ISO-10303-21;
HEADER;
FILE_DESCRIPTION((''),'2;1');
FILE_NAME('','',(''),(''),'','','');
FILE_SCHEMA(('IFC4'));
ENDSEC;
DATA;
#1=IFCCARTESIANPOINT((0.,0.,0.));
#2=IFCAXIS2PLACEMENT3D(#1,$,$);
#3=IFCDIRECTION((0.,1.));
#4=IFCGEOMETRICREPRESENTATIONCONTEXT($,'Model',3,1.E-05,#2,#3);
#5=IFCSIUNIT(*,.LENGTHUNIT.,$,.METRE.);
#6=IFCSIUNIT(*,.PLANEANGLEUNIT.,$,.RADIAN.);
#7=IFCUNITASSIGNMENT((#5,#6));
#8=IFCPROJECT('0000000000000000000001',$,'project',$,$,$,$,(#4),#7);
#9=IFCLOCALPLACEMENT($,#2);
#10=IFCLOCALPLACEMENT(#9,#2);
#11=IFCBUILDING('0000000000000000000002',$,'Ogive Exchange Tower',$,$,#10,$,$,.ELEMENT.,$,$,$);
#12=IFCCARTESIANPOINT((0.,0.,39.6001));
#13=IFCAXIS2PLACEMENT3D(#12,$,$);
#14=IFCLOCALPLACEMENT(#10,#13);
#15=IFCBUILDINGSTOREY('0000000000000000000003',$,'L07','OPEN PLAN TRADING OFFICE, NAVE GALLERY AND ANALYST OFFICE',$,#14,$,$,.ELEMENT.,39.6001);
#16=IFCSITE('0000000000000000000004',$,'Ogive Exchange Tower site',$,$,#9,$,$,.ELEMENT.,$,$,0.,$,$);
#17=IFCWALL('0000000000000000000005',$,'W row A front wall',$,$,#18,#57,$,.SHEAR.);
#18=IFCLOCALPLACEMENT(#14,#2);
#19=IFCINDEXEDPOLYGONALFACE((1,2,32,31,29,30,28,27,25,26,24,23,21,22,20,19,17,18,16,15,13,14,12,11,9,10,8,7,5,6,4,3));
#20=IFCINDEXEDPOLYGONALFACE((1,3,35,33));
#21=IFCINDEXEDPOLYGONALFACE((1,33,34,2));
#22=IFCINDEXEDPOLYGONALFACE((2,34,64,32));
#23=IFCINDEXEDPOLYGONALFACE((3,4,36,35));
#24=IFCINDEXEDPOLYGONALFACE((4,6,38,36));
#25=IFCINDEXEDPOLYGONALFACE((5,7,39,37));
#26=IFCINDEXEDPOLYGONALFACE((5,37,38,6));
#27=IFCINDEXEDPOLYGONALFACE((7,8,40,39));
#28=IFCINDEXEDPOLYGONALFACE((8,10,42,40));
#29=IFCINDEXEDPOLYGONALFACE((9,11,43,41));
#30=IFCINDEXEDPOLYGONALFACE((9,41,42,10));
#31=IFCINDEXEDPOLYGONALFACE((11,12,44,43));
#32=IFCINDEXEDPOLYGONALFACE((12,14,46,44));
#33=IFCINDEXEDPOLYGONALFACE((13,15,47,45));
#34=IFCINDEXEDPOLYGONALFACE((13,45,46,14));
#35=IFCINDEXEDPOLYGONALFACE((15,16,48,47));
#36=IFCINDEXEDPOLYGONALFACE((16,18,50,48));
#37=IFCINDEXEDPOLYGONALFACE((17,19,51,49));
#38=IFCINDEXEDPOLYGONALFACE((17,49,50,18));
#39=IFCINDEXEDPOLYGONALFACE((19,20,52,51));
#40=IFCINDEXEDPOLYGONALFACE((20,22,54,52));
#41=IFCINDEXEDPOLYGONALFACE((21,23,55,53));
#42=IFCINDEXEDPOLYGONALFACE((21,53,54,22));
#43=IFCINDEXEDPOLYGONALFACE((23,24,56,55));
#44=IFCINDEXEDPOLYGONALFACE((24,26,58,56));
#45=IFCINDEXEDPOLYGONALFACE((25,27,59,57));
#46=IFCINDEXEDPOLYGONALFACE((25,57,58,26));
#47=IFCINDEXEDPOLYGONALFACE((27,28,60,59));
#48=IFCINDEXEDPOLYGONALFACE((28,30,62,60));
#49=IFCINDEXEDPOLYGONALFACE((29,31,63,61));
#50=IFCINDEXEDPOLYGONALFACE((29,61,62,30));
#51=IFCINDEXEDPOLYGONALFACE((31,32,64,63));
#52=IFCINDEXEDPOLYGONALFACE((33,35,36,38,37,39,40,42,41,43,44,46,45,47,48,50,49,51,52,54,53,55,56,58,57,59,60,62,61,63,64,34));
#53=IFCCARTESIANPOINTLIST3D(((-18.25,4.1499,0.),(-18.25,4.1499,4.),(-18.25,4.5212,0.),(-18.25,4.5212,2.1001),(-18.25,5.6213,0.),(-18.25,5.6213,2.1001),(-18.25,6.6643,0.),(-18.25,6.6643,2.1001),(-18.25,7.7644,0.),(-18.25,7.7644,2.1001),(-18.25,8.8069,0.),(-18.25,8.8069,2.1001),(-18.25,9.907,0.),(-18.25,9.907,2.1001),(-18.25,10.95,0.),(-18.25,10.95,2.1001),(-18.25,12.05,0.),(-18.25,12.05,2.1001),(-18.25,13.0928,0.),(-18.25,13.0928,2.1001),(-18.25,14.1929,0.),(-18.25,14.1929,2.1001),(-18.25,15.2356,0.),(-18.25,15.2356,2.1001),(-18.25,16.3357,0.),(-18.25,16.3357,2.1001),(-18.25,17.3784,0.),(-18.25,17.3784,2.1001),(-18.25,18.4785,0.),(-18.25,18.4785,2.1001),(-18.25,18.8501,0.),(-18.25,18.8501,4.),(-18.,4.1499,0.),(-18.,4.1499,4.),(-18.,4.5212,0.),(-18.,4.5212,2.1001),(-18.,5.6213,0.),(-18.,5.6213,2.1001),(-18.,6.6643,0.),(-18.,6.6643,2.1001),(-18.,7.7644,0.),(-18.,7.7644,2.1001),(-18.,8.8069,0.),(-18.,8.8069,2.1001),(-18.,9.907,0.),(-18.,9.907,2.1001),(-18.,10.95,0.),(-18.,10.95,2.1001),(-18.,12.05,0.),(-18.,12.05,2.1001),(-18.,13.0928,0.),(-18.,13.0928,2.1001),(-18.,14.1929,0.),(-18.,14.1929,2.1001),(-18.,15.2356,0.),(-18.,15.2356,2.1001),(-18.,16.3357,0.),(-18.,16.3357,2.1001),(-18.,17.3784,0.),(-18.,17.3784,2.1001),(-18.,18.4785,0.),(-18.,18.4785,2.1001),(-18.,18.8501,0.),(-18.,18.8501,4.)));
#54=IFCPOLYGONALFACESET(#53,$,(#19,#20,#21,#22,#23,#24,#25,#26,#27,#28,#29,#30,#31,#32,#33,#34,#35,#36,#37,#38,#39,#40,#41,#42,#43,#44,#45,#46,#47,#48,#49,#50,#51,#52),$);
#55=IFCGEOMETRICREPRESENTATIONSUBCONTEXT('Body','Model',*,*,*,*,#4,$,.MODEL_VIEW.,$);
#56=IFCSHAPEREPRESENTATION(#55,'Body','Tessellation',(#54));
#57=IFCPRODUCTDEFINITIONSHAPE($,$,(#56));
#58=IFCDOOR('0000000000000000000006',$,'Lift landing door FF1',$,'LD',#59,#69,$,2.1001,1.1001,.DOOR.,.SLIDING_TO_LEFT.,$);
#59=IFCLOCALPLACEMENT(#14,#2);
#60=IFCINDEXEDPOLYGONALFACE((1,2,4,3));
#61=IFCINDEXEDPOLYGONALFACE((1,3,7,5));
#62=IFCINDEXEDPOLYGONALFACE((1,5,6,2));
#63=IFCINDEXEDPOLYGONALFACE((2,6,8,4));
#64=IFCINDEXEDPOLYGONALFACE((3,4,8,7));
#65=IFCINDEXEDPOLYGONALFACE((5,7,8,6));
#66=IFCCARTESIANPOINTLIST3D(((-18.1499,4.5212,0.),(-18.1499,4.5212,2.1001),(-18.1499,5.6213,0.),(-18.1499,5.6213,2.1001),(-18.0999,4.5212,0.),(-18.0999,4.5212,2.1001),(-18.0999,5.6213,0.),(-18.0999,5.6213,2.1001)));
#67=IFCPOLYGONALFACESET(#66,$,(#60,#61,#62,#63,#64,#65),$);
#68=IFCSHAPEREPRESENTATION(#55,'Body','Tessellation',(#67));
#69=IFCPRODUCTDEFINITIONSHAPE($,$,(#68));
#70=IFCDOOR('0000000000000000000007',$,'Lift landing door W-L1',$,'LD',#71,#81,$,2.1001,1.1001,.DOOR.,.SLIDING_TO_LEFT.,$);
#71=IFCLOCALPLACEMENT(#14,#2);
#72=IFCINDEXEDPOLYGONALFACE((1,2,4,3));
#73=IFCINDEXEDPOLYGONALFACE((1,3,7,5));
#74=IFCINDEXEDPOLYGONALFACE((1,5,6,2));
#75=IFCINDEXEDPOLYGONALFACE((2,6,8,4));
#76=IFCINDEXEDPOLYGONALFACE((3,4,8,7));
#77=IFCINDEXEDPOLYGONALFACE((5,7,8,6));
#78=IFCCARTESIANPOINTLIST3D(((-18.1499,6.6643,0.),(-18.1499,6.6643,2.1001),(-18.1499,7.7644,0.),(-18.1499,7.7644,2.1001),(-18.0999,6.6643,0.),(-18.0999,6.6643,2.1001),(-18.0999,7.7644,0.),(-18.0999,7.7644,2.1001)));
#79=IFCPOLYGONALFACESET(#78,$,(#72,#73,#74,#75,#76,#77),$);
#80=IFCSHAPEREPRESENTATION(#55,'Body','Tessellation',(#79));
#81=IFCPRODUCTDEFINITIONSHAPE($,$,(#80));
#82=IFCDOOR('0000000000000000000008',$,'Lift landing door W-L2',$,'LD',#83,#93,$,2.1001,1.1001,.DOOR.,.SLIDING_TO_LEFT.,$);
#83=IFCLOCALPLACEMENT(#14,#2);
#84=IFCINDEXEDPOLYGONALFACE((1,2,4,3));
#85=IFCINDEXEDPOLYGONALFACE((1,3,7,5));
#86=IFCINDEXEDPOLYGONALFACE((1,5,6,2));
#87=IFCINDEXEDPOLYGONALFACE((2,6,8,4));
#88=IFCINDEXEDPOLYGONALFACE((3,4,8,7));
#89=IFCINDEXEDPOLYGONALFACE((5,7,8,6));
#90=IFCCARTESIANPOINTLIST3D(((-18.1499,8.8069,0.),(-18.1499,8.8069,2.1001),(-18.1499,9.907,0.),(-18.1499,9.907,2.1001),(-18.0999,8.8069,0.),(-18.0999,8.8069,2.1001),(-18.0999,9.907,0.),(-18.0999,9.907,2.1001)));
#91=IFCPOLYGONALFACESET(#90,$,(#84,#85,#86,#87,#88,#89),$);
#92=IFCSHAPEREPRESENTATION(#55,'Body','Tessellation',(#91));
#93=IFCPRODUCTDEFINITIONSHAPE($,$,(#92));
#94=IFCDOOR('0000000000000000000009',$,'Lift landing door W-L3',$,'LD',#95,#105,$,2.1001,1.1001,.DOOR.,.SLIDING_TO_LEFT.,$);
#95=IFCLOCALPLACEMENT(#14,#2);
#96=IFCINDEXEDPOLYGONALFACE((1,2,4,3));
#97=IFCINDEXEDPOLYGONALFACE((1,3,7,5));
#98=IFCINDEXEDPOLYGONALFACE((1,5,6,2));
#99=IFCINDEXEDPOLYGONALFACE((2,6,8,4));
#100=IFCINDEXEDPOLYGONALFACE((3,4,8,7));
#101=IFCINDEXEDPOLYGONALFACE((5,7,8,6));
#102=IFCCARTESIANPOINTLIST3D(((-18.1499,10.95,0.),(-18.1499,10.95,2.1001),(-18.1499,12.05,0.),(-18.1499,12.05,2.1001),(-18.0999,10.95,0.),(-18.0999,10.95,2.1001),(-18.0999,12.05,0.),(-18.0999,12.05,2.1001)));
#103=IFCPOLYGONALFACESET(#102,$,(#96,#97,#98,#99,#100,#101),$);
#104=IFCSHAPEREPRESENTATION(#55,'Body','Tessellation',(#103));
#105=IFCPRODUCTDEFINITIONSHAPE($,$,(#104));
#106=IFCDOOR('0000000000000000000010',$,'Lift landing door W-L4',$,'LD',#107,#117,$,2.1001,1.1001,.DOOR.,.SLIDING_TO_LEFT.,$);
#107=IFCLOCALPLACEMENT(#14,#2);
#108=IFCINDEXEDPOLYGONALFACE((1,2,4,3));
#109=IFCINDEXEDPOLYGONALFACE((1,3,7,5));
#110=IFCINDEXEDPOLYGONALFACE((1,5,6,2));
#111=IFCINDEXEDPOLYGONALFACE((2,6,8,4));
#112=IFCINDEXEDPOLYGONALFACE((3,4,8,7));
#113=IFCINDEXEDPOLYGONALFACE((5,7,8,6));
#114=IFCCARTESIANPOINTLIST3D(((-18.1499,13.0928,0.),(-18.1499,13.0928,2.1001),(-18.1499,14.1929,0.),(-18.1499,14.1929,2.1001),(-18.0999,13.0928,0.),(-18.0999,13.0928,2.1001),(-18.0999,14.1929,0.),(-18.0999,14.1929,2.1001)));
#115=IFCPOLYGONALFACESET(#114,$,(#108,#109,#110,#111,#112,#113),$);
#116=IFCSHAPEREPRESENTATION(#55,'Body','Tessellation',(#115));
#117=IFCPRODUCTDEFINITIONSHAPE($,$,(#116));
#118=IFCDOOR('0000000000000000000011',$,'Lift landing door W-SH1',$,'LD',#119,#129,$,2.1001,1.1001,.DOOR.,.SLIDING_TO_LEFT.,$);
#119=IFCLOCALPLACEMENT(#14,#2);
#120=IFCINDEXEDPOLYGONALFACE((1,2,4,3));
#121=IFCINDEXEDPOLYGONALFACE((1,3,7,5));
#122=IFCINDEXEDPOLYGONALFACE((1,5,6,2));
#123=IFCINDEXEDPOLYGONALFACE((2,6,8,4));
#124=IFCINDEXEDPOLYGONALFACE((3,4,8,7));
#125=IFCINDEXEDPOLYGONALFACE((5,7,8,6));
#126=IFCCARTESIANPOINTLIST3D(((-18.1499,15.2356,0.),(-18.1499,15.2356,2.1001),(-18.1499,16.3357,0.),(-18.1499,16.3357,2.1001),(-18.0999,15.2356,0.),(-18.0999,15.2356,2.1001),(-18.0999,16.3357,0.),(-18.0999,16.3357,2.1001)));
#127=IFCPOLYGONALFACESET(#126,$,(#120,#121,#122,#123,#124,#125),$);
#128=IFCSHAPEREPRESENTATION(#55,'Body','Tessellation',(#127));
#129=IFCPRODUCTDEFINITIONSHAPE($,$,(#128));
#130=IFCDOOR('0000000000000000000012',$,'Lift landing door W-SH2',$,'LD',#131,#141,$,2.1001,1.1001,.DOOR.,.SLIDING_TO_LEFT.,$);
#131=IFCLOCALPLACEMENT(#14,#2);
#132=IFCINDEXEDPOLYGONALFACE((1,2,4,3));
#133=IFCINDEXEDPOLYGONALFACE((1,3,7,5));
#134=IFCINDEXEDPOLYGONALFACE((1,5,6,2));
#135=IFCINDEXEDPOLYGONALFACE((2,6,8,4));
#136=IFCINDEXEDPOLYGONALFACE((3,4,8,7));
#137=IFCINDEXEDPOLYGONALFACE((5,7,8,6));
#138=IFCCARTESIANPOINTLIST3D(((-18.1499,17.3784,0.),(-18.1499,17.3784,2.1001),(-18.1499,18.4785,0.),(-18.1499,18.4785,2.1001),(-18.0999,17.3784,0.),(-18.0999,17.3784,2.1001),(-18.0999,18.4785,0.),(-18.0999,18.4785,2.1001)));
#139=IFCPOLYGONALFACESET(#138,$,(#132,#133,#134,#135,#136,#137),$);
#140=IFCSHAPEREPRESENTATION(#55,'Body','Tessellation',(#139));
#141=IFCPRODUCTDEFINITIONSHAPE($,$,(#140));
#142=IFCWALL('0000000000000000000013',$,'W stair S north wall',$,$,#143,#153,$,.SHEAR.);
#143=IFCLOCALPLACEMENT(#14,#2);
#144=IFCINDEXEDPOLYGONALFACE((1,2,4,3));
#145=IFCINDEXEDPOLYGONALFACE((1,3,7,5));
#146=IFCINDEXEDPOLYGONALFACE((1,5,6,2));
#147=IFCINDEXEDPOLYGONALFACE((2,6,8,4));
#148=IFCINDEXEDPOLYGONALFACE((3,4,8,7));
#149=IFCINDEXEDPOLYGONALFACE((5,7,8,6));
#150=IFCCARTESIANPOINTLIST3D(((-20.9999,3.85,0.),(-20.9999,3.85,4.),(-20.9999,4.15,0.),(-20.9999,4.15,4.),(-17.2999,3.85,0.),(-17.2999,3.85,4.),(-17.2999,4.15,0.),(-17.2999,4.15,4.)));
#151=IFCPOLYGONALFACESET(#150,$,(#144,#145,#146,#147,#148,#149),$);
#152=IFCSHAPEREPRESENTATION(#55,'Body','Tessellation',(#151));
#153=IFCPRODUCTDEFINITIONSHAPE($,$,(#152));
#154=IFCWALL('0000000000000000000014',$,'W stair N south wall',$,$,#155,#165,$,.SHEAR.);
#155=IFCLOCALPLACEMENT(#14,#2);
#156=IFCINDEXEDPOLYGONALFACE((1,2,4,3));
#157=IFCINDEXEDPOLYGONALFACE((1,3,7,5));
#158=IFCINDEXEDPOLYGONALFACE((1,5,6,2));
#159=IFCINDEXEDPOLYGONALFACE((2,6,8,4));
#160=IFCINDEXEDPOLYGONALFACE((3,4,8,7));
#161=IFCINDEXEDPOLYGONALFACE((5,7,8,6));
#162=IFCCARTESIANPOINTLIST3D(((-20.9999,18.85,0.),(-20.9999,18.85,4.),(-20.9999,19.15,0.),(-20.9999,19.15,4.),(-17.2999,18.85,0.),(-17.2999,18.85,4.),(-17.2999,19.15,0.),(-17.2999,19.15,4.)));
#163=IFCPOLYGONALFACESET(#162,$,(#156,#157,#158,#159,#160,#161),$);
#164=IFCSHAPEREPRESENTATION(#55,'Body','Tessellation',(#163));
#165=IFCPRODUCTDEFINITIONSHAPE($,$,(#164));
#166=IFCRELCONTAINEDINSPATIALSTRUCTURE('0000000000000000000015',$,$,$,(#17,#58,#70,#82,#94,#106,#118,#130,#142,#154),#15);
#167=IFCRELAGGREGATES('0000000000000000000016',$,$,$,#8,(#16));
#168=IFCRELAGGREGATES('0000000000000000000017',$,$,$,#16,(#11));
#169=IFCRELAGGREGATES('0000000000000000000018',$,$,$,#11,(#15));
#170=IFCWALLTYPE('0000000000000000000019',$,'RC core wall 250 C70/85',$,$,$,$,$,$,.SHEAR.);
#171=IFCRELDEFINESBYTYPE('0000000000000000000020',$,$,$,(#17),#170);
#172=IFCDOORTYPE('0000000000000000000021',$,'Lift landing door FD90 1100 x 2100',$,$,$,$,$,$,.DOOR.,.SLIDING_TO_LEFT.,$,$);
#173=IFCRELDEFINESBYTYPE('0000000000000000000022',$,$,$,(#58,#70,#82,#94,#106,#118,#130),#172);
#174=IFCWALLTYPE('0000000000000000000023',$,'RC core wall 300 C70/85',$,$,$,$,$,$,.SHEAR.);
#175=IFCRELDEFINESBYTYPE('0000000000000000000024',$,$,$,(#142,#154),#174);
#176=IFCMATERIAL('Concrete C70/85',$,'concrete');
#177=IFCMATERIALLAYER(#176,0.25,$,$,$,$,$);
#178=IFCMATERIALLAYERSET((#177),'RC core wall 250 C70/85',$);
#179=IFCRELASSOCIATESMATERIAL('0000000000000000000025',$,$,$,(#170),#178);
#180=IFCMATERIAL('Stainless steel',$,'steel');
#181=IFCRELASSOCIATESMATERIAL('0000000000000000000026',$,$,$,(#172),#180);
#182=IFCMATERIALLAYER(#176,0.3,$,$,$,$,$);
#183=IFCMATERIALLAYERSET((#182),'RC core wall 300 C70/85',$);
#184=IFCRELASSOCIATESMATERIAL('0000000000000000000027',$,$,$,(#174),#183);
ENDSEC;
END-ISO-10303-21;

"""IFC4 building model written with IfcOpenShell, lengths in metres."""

from ifc_helpers import new_model, si_unit, direction, frame, frame_2d, origin, place, context, subcontext, project, spatial, rectangle, extrude, material, layer, layer_set, type_object, element, fill, save


model = new_model("IFC4")

# Units and contexts
model_context = context("Model", 3, precision=1e-05, world=origin(), true_north=direction((0.0, 1.0)))
body_context = subcontext(model_context, "Body", "Model", "MODEL_VIEW")
ifc_project = project(units=[si_unit("LENGTHUNIT", "METRE"), si_unit("PLANEANGLEUNIT", "RADIAN")], contexts=[model_context])

# Site, building, storey
site_placement = place(None, origin())
site = spatial("IfcSite", under=ifc_project, at=site_placement, Name="Ogive Exchange Tower site", CompositionType="ELEMENT", RefElevation=0.0)
building_placement = place(site_placement, origin())
building = spatial("IfcBuilding", under=site, at=building_placement, Name="Ogive Exchange Tower", CompositionType="ELEMENT")
storey_placement = place(building_placement, frame((0.0, 0.0, 39.6001)))
storey = spatial("IfcBuildingStorey", under=building, at=storey_placement, Name="L07", Description="OPEN PLAN TRADING OFFICE, NAVE GALLERY AND ANALYST OFFICE", CompositionType="ELEMENT", Elevation=39.6001)

# Shared definitions
ifc_material_1 = material(Name="Concrete C70/85", Category="concrete")

# Wall, openings, doors
ifc_layer_1 = layer(ifc_material_1, 0.25)
ifc_layer_set_1 = layer_set([ifc_layer_1], Name="RC core wall 250 C70/85")
wall_type_1 = type_object("IfcWallType", Name="RC core wall 250 C70/85", PredefinedType="SHEAR", material=ifc_layer_set_1)
wall_1_placement = place(storey_placement, frame((-18.125, 4.1499, 0.0), z_axis=(0.0, 0.0, 1.0), x_axis=(0.0, 1.0, 0.0)))
wall_1 = element("IfcWall", 1, at=wall_1_placement, inside=storey, type_object=wall_type_1, Name="W row A front wall", PredefinedType="SHEAR", context=body_context, shape_type="SweptSolid", body=[
    extrude(rectangle(XDim=14.7002, YDim=0.25, at=frame_2d((7.3501, 0.0))), origin(), (0.0, 0.0, 1.0), 4.0),
])
opening_1_placement = place(wall_1_placement, frame((0.3713, 0.0, 0.0)))
opening_1 = element("IfcOpeningElement", 2, at=opening_1_placement, cuts=wall_1, PredefinedType="OPENING", context=body_context, shape_type="SweptSolid", body=[
    extrude(rectangle(XDim=1.1001, YDim=2.1001, at=frame_2d((0.55, 1.05))), frame((0.0, 0.135, 0.0), z_axis=(0.0, -1.0, 0.0), x_axis=(1.0, 0.0, 0.0)), (0.0, 0.0, 1.0), 0.27),
])
opening_2_placement = place(wall_1_placement, frame((2.5144, 0.0, 0.0)))
opening_2 = element("IfcOpeningElement", 3, at=opening_2_placement, cuts=wall_1, PredefinedType="OPENING", context=body_context, shape_type="SweptSolid", body=[
    extrude(rectangle(XDim=1.1001, YDim=2.1001, at=frame_2d((0.55, 1.05))), frame((0.0, 0.135, 0.0), z_axis=(0.0, -1.0, 0.0), x_axis=(1.0, 0.0, 0.0)), (0.0, 0.0, 1.0), 0.27),
])
opening_3_placement = place(wall_1_placement, frame((4.657, 0.0, 0.0)))
opening_3 = element("IfcOpeningElement", 4, at=opening_3_placement, cuts=wall_1, PredefinedType="OPENING", context=body_context, shape_type="SweptSolid", body=[
    extrude(rectangle(XDim=1.1001, YDim=2.1001, at=frame_2d((0.55, 1.05))), frame((0.0, 0.135, 0.0), z_axis=(0.0, -1.0, 0.0), x_axis=(1.0, 0.0, 0.0)), (0.0, 0.0, 1.0), 0.27),
])
opening_4_placement = place(wall_1_placement, frame((6.8, 0.0, 0.0)))
opening_4 = element("IfcOpeningElement", 5, at=opening_4_placement, cuts=wall_1, PredefinedType="OPENING", context=body_context, shape_type="SweptSolid", body=[
    extrude(rectangle(XDim=1.1001, YDim=2.1001, at=frame_2d((0.55, 1.05))), frame((0.0, 0.135, 0.0), z_axis=(0.0, -1.0, 0.0), x_axis=(1.0, 0.0, 0.0)), (0.0, 0.0, 1.0), 0.27),
])
opening_5_placement = place(wall_1_placement, frame((8.9429, 0.0, 0.0)))
opening_5 = element("IfcOpeningElement", 6, at=opening_5_placement, cuts=wall_1, PredefinedType="OPENING", context=body_context, shape_type="SweptSolid", body=[
    extrude(rectangle(XDim=1.1001, YDim=2.1001, at=frame_2d((0.55, 1.05))), frame((0.0, 0.135, 0.0), z_axis=(0.0, -1.0, 0.0), x_axis=(1.0, 0.0, 0.0)), (0.0, 0.0, 1.0), 0.27),
])
opening_6_placement = place(wall_1_placement, frame((11.0857, 0.0, 0.0)))
opening_6 = element("IfcOpeningElement", 7, at=opening_6_placement, cuts=wall_1, PredefinedType="OPENING", context=body_context, shape_type="SweptSolid", body=[
    extrude(rectangle(XDim=1.1001, YDim=2.1001, at=frame_2d((0.55, 1.05))), frame((0.0, 0.135, 0.0), z_axis=(0.0, -1.0, 0.0), x_axis=(1.0, 0.0, 0.0)), (0.0, 0.0, 1.0), 0.27),
])
opening_7_placement = place(wall_1_placement, frame((13.2285, 0.0, 0.0)))
opening_7 = element("IfcOpeningElement", 8, at=opening_7_placement, cuts=wall_1, PredefinedType="OPENING", context=body_context, shape_type="SweptSolid", body=[
    extrude(rectangle(XDim=1.1001, YDim=2.1001, at=frame_2d((0.55, 1.05))), frame((0.0, 0.135, 0.0), z_axis=(0.0, -1.0, 0.0), x_axis=(1.0, 0.0, 0.0)), (0.0, 0.0, 1.0), 0.27),
])
ifc_material_2 = material(Name="Stainless steel", Category="steel")
door_type_1 = type_object("IfcDoorType", Name="Lift landing door FD90 1100 x 2100", OperationType="SLIDING_TO_LEFT", PredefinedType="DOOR", material=ifc_material_2)
door_1_placement = place(opening_1_placement, origin())
door_1 = element("IfcDoor", 9, at=door_1_placement, inside=storey, type_object=door_type_1, Name="Lift landing door FF1", ObjectType="LD", OperationType="SLIDING_TO_LEFT", OverallHeight=2.1001, OverallWidth=1.1001, PredefinedType="DOOR", context=body_context, shape_type="SweptSolid", body=[
    extrude(rectangle(XDim=1.1001, YDim=2.1001, at=frame_2d((0.55, 1.05))), frame((0.0, 0.0249, 0.0), z_axis=(0.0, -1.0, 0.0), x_axis=(1.0, 0.0, 0.0)), (0.0, 0.0, 1.0), 0.05),
])
fill(opening_1, door_1)
door_2_placement = place(opening_2_placement, origin())
door_2 = element("IfcDoor", 10, at=door_2_placement, inside=storey, type_object=door_type_1, Name="Lift landing door W-L1", ObjectType="LD", OperationType="SLIDING_TO_LEFT", OverallHeight=2.1001, OverallWidth=1.1001, PredefinedType="DOOR", context=body_context, shape_type="SweptSolid", body=[
    extrude(rectangle(XDim=1.1001, YDim=2.1001, at=frame_2d((0.55, 1.05))), frame((0.0, 0.0249, 0.0), z_axis=(0.0, -1.0, 0.0), x_axis=(1.0, 0.0, 0.0)), (0.0, 0.0, 1.0), 0.05),
])
fill(opening_2, door_2)
door_3_placement = place(opening_3_placement, origin())
door_3 = element("IfcDoor", 11, at=door_3_placement, inside=storey, type_object=door_type_1, Name="Lift landing door W-L2", ObjectType="LD", OperationType="SLIDING_TO_LEFT", OverallHeight=2.1001, OverallWidth=1.1001, PredefinedType="DOOR", context=body_context, shape_type="SweptSolid", body=[
    extrude(rectangle(XDim=1.1001, YDim=2.1001, at=frame_2d((0.55, 1.05))), frame((0.0, 0.0249, 0.0), z_axis=(0.0, -1.0, 0.0), x_axis=(1.0, 0.0, 0.0)), (0.0, 0.0, 1.0), 0.05),
])
fill(opening_3, door_3)
door_4_placement = place(opening_4_placement, origin())
door_4 = element("IfcDoor", 12, at=door_4_placement, inside=storey, type_object=door_type_1, Name="Lift landing door W-L3", ObjectType="LD", OperationType="SLIDING_TO_LEFT", OverallHeight=2.1001, OverallWidth=1.1001, PredefinedType="DOOR", context=body_context, shape_type="SweptSolid", body=[
    extrude(rectangle(XDim=1.1001, YDim=2.1001, at=frame_2d((0.55, 1.05))), frame((0.0, 0.0249, 0.0), z_axis=(0.0, -1.0, 0.0), x_axis=(1.0, 0.0, 0.0)), (0.0, 0.0, 1.0), 0.05),
])
fill(opening_4, door_4)
door_5_placement = place(opening_5_placement, origin())
door_5 = element("IfcDoor", 13, at=door_5_placement, inside=storey, type_object=door_type_1, Name="Lift landing door W-L4", ObjectType="LD", OperationType="SLIDING_TO_LEFT", OverallHeight=2.1001, OverallWidth=1.1001, PredefinedType="DOOR", context=body_context, shape_type="SweptSolid", body=[
    extrude(rectangle(XDim=1.1001, YDim=2.1001, at=frame_2d((0.55, 1.05))), frame((0.0, 0.0249, 0.0), z_axis=(0.0, -1.0, 0.0), x_axis=(1.0, 0.0, 0.0)), (0.0, 0.0, 1.0), 0.05),
])
fill(opening_5, door_5)
door_6_placement = place(opening_6_placement, origin())
door_6 = element("IfcDoor", 14, at=door_6_placement, inside=storey, type_object=door_type_1, Name="Lift landing door W-SH1", ObjectType="LD", OperationType="SLIDING_TO_LEFT", OverallHeight=2.1001, OverallWidth=1.1001, PredefinedType="DOOR", context=body_context, shape_type="SweptSolid", body=[
    extrude(rectangle(XDim=1.1001, YDim=2.1001, at=frame_2d((0.55, 1.05))), frame((0.0, 0.0249, 0.0), z_axis=(0.0, -1.0, 0.0), x_axis=(1.0, 0.0, 0.0)), (0.0, 0.0, 1.0), 0.05),
])
fill(opening_6, door_6)
door_7_placement = place(opening_7_placement, origin())
door_7 = element("IfcDoor", 15, at=door_7_placement, inside=storey, type_object=door_type_1, Name="Lift landing door W-SH2", ObjectType="LD", OperationType="SLIDING_TO_LEFT", OverallHeight=2.1001, OverallWidth=1.1001, PredefinedType="DOOR", context=body_context, shape_type="SweptSolid", body=[
    extrude(rectangle(XDim=1.1001, YDim=2.1001, at=frame_2d((0.55, 1.05))), frame((0.0, 0.0249, 0.0), z_axis=(0.0, -1.0, 0.0), x_axis=(1.0, 0.0, 0.0)), (0.0, 0.0, 1.0), 0.05),
])
fill(opening_7, door_7)

# Walls
ifc_layer_2 = layer(ifc_material_1, 0.3)
ifc_layer_set_2 = layer_set([ifc_layer_2], Name="RC core wall 300 C70/85")
wall_type_2 = type_object("IfcWallType", Name="RC core wall 300 C70/85", PredefinedType="SHEAR", material=ifc_layer_set_2)
for number, where, z_axis, x_axis, name in (
    (16, (-21.0, 4.0, 0.0), (0.0, 0.0, 1.0), (1.0, 0.0, 0.0), "W stair S north wall"),
    (17, (-21.0, 19.0, 0.0), (0.0, 0.0, 1.0), (1.0, 0.0, 0.0), "W stair N south wall"),
):
    element("IfcWall", number, at=place(storey_placement, frame(where, z_axis=z_axis, x_axis=x_axis)), inside=storey, type_object=wall_type_2, Name=name, PredefinedType="SHEAR", context=body_context, shape_type="SweptSolid", body=[
        extrude(rectangle(XDim=3.7, YDim=0.3, at=frame_2d((1.8501, 0.0))), origin(), (0.0, 0.0, 1.0), 4.0),
    ])

save(model, "model.ifc")
